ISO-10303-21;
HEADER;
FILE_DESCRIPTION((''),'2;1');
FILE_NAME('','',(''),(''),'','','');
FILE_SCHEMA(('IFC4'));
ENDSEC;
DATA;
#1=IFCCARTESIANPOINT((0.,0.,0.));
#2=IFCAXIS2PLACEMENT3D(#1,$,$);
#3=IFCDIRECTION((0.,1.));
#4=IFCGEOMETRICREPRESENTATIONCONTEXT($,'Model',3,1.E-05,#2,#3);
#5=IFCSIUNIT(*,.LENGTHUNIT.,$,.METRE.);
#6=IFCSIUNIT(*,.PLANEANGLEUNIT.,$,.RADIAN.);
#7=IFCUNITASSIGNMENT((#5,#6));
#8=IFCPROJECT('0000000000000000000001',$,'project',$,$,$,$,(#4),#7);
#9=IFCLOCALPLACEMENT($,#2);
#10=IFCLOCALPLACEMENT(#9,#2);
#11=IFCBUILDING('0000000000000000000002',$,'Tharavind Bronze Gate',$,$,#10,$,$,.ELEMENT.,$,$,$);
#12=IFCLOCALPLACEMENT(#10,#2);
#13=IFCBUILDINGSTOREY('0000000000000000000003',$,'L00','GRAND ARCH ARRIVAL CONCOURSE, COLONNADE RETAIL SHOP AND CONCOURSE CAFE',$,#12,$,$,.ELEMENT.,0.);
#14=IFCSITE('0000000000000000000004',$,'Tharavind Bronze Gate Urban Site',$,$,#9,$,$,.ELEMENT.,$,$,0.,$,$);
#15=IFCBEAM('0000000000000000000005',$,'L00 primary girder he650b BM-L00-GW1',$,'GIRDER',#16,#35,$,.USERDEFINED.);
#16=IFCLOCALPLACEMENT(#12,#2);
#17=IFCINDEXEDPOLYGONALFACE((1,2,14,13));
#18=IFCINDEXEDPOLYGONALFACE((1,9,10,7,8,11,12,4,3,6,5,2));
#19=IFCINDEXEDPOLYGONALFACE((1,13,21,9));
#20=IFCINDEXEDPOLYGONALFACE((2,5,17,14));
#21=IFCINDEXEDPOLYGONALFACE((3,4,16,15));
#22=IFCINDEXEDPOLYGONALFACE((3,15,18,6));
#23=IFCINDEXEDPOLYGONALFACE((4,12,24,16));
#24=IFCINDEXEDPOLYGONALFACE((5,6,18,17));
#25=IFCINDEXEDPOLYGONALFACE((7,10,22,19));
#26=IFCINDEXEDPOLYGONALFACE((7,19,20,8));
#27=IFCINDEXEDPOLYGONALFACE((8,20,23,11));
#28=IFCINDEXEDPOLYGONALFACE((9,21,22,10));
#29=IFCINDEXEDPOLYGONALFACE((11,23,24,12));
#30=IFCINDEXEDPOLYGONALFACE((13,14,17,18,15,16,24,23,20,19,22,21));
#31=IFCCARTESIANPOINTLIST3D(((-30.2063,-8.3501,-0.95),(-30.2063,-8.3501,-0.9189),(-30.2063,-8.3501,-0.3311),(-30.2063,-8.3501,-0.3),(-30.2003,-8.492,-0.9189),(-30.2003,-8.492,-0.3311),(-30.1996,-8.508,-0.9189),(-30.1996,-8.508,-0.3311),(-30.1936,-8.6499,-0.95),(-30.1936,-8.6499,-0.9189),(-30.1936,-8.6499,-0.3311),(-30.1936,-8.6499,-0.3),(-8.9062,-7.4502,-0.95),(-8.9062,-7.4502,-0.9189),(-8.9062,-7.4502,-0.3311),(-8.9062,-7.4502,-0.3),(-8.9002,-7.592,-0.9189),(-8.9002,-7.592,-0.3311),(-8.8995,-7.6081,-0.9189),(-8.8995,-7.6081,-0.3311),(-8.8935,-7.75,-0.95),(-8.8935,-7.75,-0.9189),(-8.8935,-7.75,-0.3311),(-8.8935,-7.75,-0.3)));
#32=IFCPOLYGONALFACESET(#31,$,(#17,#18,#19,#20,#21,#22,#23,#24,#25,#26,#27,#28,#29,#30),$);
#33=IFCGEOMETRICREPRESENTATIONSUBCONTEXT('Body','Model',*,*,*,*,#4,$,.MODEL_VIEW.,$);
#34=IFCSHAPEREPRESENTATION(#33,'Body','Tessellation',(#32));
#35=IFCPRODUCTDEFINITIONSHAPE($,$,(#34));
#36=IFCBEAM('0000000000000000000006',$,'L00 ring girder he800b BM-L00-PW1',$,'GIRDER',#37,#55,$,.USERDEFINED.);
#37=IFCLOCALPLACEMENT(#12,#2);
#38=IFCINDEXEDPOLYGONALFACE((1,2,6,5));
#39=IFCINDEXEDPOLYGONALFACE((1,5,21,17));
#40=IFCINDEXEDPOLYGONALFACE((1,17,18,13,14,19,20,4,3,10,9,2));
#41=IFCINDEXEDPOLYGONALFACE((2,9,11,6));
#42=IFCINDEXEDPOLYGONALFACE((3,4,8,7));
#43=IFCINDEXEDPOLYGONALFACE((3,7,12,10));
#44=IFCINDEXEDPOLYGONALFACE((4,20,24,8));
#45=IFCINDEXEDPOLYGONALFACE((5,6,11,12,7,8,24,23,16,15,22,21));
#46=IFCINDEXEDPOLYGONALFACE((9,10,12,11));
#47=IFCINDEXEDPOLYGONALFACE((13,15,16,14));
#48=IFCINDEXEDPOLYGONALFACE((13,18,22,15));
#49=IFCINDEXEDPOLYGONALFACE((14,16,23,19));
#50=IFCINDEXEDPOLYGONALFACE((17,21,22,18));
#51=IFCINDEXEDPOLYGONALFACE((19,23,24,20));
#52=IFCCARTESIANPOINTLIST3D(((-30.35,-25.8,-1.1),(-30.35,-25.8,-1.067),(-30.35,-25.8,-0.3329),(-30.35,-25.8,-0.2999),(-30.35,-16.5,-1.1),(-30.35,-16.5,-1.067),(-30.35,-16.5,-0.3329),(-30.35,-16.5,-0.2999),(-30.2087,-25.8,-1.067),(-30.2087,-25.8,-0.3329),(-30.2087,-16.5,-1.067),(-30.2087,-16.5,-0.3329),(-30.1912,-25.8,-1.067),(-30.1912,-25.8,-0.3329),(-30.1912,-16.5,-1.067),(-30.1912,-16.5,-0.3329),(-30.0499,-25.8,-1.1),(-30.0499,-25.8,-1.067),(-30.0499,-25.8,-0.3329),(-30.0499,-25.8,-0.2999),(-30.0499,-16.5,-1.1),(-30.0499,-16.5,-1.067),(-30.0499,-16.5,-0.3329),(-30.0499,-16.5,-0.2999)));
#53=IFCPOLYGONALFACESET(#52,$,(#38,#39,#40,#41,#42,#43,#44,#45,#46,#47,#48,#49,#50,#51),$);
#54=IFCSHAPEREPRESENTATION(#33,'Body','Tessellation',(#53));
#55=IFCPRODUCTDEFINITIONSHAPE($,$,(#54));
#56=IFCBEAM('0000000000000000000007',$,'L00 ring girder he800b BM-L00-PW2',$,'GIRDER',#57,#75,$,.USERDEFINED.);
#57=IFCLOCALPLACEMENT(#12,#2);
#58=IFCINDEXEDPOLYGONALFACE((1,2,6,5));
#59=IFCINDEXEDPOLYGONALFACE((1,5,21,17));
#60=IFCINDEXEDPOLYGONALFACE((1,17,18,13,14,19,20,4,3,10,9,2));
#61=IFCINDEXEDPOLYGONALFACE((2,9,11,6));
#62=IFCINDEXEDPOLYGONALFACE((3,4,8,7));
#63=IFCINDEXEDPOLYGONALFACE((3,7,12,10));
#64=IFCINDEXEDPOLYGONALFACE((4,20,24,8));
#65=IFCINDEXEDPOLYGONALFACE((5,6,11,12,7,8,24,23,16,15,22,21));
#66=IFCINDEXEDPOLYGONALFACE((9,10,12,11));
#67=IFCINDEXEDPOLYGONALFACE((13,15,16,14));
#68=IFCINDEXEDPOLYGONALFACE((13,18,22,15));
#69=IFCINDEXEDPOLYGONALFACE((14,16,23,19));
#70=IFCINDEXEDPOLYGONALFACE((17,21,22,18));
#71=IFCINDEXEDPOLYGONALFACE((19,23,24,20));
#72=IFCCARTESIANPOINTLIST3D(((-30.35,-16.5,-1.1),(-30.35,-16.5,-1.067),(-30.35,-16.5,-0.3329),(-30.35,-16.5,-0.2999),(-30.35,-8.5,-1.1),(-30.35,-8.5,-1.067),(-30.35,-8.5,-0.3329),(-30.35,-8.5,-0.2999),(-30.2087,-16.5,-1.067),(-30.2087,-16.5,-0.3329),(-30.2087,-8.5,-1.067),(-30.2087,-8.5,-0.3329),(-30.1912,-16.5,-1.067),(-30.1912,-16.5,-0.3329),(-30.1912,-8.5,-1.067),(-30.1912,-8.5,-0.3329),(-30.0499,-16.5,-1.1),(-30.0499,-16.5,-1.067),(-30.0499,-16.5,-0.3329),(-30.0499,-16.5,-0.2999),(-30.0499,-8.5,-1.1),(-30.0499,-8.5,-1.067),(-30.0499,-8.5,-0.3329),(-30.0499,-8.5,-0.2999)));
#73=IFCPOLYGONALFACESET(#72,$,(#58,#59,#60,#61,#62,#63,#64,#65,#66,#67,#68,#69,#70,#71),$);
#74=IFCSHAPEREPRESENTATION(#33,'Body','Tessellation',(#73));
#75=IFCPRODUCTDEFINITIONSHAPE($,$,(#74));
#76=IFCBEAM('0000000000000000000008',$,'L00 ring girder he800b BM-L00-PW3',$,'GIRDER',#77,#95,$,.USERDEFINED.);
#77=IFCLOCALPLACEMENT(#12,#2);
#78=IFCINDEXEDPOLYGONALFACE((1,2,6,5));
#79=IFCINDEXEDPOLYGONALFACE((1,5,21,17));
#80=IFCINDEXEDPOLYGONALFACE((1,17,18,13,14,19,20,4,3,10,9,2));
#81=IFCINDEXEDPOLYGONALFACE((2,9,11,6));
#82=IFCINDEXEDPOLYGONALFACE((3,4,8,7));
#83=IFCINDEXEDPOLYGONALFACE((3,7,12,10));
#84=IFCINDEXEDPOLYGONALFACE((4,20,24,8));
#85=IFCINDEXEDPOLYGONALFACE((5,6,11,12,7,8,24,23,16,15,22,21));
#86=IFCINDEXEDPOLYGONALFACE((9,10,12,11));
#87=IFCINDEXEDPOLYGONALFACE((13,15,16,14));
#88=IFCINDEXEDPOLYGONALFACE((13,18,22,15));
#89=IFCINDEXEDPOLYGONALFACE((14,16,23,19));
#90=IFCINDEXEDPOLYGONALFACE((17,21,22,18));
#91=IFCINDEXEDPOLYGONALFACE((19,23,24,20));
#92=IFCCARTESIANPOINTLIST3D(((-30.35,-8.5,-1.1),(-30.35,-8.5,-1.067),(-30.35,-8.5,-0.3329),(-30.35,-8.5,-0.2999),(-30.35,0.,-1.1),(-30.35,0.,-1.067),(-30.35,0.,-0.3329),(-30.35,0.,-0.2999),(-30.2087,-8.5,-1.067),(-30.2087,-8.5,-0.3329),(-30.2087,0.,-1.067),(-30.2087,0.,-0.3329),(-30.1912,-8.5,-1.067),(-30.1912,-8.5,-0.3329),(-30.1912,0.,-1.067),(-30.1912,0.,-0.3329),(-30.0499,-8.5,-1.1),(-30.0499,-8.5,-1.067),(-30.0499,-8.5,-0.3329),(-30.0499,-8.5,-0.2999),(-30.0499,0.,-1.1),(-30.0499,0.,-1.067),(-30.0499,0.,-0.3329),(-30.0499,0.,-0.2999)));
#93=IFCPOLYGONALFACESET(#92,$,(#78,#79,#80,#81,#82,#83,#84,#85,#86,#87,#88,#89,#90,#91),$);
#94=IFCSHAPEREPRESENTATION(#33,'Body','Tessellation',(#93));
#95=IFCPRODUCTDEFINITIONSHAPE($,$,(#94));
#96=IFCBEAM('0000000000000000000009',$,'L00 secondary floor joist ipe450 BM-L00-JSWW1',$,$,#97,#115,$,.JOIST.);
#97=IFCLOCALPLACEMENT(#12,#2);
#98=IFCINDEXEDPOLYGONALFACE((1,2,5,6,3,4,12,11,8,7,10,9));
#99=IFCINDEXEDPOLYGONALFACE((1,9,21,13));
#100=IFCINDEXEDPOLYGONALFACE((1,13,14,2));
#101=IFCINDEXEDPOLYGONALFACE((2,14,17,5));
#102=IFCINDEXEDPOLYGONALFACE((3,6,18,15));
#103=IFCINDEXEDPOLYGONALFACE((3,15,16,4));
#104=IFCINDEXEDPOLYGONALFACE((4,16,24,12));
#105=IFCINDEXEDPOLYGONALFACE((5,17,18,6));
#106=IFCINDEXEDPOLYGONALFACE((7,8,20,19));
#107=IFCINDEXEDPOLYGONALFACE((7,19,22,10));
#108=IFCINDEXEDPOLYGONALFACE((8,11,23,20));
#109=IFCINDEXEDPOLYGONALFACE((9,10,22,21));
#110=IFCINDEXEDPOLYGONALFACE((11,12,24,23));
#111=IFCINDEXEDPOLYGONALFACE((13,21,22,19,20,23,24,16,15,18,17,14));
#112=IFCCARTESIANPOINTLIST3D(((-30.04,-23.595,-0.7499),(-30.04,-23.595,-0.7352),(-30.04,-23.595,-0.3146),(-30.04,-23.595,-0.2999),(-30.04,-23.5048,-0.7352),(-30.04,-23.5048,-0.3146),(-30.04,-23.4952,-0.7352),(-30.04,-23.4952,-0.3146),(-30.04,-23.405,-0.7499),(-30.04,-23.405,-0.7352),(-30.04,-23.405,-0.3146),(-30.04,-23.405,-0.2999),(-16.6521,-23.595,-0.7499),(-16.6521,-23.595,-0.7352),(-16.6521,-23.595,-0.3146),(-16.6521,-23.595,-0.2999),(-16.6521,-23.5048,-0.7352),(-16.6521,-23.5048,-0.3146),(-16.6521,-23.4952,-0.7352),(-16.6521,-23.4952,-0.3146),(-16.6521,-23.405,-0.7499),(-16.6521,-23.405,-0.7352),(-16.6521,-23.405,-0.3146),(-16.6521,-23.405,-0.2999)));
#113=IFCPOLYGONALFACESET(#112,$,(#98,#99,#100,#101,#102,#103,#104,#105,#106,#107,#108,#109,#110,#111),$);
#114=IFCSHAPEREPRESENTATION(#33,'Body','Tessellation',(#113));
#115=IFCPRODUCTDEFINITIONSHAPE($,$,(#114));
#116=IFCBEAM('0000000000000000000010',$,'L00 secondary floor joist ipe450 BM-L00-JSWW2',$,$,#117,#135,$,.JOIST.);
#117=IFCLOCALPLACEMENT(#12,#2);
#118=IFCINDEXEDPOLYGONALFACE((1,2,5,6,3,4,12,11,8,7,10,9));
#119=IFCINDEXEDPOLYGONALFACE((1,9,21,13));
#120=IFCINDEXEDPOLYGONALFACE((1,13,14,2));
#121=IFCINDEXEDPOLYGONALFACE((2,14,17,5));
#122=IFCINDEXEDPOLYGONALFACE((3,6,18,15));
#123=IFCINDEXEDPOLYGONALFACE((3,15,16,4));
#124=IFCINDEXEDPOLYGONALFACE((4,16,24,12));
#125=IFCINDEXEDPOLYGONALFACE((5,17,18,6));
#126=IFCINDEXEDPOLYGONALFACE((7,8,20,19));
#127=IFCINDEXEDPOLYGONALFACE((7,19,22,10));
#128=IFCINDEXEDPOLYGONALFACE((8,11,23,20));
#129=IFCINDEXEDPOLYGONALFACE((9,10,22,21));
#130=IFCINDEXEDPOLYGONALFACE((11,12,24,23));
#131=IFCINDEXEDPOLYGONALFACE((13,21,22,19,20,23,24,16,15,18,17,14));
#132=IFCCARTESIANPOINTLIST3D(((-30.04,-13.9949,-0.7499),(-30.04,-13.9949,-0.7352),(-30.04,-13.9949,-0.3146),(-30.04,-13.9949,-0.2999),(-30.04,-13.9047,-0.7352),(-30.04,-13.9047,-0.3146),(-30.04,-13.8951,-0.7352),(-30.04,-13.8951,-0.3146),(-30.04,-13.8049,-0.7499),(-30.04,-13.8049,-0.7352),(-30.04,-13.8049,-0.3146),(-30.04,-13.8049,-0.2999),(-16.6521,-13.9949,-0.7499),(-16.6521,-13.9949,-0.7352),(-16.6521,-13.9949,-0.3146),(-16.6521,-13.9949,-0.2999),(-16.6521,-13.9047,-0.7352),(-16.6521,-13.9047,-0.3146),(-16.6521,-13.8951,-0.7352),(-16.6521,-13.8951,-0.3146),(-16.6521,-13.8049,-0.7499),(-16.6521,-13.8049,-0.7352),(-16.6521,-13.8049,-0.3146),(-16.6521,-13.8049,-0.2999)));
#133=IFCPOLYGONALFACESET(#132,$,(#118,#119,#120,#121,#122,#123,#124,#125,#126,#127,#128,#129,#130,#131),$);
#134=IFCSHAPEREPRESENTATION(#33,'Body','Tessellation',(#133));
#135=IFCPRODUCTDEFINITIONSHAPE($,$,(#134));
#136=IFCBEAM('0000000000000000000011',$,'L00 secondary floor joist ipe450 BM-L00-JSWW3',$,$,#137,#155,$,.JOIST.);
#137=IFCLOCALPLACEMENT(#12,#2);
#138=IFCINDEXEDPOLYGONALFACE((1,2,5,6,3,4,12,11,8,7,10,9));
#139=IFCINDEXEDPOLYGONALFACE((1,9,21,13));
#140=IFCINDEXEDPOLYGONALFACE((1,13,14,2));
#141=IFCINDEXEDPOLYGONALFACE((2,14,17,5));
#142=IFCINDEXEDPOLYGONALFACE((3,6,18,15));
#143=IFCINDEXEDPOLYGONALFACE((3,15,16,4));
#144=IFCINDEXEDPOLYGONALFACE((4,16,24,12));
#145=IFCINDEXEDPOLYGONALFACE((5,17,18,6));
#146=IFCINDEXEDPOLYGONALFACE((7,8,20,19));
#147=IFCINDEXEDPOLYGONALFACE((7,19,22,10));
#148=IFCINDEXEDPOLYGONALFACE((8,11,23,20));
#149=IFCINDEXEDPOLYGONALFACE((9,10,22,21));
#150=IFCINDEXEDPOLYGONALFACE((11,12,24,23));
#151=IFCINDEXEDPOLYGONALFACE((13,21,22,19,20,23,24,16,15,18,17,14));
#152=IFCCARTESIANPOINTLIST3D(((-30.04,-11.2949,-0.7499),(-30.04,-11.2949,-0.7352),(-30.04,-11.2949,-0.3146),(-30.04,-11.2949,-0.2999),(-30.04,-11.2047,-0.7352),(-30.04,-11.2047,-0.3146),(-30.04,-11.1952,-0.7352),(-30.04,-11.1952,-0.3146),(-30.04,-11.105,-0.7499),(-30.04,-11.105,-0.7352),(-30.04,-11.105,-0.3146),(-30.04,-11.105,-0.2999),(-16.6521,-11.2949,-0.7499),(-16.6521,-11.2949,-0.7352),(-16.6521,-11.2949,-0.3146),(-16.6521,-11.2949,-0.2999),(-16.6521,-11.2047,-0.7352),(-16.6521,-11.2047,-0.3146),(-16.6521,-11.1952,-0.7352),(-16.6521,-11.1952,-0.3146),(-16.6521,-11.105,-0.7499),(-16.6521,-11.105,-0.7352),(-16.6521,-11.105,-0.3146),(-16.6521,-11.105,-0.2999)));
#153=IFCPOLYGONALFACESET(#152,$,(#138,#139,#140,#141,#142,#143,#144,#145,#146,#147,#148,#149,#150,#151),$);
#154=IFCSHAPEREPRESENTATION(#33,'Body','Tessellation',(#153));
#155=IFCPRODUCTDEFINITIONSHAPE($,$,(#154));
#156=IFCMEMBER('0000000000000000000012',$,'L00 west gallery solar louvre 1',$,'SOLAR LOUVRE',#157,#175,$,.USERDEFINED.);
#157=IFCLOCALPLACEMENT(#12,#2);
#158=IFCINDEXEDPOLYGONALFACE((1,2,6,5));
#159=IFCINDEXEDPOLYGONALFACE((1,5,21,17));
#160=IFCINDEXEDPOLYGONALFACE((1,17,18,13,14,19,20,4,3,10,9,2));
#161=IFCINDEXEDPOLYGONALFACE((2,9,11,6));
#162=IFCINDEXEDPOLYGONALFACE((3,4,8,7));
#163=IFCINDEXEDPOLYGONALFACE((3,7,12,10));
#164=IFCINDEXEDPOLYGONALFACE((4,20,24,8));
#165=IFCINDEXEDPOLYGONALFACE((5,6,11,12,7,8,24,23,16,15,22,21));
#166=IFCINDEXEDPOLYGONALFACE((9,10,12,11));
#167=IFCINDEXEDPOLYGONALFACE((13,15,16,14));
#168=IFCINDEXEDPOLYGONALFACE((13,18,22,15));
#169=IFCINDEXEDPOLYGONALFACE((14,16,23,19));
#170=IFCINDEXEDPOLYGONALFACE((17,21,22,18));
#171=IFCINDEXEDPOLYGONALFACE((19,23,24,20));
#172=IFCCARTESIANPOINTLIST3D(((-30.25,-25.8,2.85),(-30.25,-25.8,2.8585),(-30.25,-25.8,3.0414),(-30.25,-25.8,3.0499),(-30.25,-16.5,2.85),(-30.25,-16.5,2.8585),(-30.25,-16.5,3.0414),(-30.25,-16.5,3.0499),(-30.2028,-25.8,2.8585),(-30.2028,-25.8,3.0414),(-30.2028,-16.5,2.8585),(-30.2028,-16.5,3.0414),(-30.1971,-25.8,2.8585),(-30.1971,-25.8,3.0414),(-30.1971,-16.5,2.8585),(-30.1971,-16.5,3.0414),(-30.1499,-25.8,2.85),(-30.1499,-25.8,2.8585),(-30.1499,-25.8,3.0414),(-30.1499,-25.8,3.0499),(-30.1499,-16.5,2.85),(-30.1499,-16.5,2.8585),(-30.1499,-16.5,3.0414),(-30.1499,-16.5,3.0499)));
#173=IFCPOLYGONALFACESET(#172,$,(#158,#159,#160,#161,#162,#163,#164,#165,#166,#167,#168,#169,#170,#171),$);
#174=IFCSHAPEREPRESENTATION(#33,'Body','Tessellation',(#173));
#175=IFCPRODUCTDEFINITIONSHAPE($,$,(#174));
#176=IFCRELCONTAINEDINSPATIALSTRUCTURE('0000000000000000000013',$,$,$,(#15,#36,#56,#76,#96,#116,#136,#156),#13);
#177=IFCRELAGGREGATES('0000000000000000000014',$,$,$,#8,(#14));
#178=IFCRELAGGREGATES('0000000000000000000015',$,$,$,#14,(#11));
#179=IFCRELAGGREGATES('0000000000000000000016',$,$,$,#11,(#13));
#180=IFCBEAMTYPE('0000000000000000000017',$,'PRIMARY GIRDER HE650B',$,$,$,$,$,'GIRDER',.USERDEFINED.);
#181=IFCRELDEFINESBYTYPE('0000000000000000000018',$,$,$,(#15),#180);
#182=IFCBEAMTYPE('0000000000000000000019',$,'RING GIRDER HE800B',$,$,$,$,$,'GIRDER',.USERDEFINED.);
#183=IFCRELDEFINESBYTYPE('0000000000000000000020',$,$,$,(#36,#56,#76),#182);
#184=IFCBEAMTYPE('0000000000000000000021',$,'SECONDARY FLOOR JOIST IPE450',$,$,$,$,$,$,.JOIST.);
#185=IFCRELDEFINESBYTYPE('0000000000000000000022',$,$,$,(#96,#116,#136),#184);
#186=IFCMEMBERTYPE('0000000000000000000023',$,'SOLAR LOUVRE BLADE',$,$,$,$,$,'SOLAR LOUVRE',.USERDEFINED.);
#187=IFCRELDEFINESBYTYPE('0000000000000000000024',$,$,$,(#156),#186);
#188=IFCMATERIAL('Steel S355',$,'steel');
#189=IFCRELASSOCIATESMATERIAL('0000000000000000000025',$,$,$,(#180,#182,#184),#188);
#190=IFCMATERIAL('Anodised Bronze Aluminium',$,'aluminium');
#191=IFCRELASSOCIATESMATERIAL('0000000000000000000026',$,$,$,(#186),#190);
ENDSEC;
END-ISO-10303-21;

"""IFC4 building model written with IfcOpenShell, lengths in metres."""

from ifc_helpers import new_model, si_unit, direction, frame, origin, origin_2d, place, context, subcontext, project, spatial, i_section, extrude, material, material_profile, profile_set, type_object, element, save


model = new_model("IFC4")

# Units and contexts
model_context = context("Model", 3, precision=1e-05, world=origin(), true_north=direction((0.0, 1.0)))
body_context = subcontext(model_context, "Body", "Model", "MODEL_VIEW")
ifc_project = project(units=[si_unit("LENGTHUNIT", "METRE"), si_unit("PLANEANGLEUNIT", "RADIAN")], contexts=[model_context])

# Site, building, storey
site_placement = place(None, origin())
site = spatial("IfcSite", under=ifc_project, at=site_placement, Name="Tharavind Bronze Gate Urban Site", CompositionType="ELEMENT", RefElevation=0.0)
building_placement = place(site_placement, origin())
building = spatial("IfcBuilding", under=site, at=building_placement, Name="Tharavind Bronze Gate", CompositionType="ELEMENT")
storey_placement = place(building_placement, origin())
storey = spatial("IfcBuildingStorey", under=building, at=storey_placement, Name="L00", Description="GRAND ARCH ARRIVAL CONCOURSE, COLONNADE RETAIL SHOP AND CONCOURSE CAFE", CompositionType="ELEMENT", Elevation=0.0)

# Shared definitions
ifc_material_1 = material(Name="Steel S355", Category="steel")

# Beams
ifc_material_profile_1 = material_profile(ifc_material_1, i_section(OverallWidth=0.3, OverallDepth=0.6499, WebThickness=0.0161, FlangeThickness=0.031, at=origin_2d()), Name="HE650B")
ifc_profile_set_1 = profile_set([ifc_material_profile_1], Name="Steel S355")
beam_type_1 = type_object("IfcBeamType", Name="PRIMARY GIRDER HE650B", ElementType="GIRDER", PredefinedType="USERDEFINED", material=ifc_profile_set_1)
beam_1_placement = place(storey_placement, frame((-30.2, -8.5, -0.625), z_axis=(0.999109, 0.042211, 0.0), x_axis=(-0.042211, 0.999109, 0.0)))
element("IfcBeam", 1, at=beam_1_placement, inside=storey, type_object=beam_type_1, Name="L00 primary girder he650b BM-L00-GW1", ObjectType="GIRDER", PredefinedType="USERDEFINED", context=body_context, shape_type="SweptSolid", body=[
    extrude(i_section(OverallWidth=0.3, OverallDepth=0.6499, WebThickness=0.0161, FlangeThickness=0.031, at=origin_2d()), origin(), (0.0, 0.0, 1.0), 21.3191),
])
ifc_material_profile_2 = material_profile(ifc_material_1, i_section(OverallWidth=0.3, OverallDepth=0.8, WebThickness=0.0176, FlangeThickness=0.033, at=origin_2d()), Name="HE800B")
ifc_profile_set_2 = profile_set([ifc_material_profile_2], Name="Steel S355")
beam_type_2 = type_object("IfcBeamType", Name="RING GIRDER HE800B", ElementType="GIRDER", PredefinedType="USERDEFINED", material=ifc_profile_set_2)
beam_2_placement = place(storey_placement, frame((-30.2, -25.8, -0.7), z_axis=(0.0, 1.0, 0.0), x_axis=(-1.0, 0.0, 0.0)))
element("IfcBeam", 2, at=beam_2_placement, inside=storey, type_object=beam_type_2, Name="L00 ring girder he800b BM-L00-PW1", ObjectType="GIRDER", PredefinedType="USERDEFINED", context=body_context, shape_type="SweptSolid", body=[
    extrude(i_section(OverallWidth=0.3, OverallDepth=0.8, WebThickness=0.0176, FlangeThickness=0.033, at=origin_2d()), origin(), (0.0, 0.0, 1.0), 9.3),
])
beam_3_placement = place(storey_placement, frame((-30.2, -16.5, -0.7), z_axis=(0.0, 1.0, 0.0), x_axis=(-1.0, 0.0, 0.0)))
element("IfcBeam", 3, at=beam_3_placement, inside=storey, type_object=beam_type_2, Name="L00 ring girder he800b BM-L00-PW2", ObjectType="GIRDER", PredefinedType="USERDEFINED", context=body_context, shape_type="SweptSolid", body=[
    extrude(i_section(OverallWidth=0.3, OverallDepth=0.8, WebThickness=0.0176, FlangeThickness=0.033, at=origin_2d()), origin(), (0.0, 0.0, 1.0), 8.0),
])
beam_4_placement = place(storey_placement, frame((-30.2, -8.5, -0.7), z_axis=(0.0, 1.0, 0.0), x_axis=(-1.0, 0.0, 0.0)))
element("IfcBeam", 4, at=beam_4_placement, inside=storey, type_object=beam_type_2, Name="L00 ring girder he800b BM-L00-PW3", ObjectType="GIRDER", PredefinedType="USERDEFINED", context=body_context, shape_type="SweptSolid", body=[
    extrude(i_section(OverallWidth=0.3, OverallDepth=0.8, WebThickness=0.0176, FlangeThickness=0.033, at=origin_2d()), origin(), (0.0, 0.0, 1.0), 8.5),
])
ifc_material_profile_3 = material_profile(ifc_material_1, i_section(OverallWidth=0.1899, OverallDepth=0.45, WebThickness=0.0095, FlangeThickness=0.0146, at=origin_2d()), Name="IPE450")
ifc_profile_set_3 = profile_set([ifc_material_profile_3], Name="Steel S355")
beam_type_3 = type_object("IfcBeamType", Name="SECONDARY FLOOR JOIST IPE450", PredefinedType="JOIST", material=ifc_profile_set_3)
for number, where, z_axis, x_axis, name in (
    (5, (-30.04, -23.5, -0.5249), (1.0, 0.0, 0.0), (0.0, 1.0, 0.0), "L00 secondary floor joist ipe450 BM-L00-JSWW1"),
    (6, (-30.04, -13.8999, -0.5249), (1.0, 0.0, 0.0), (0.0, 1.0, 0.0), "L00 secondary floor joist ipe450 BM-L00-JSWW2"),
    (7, (-30.04, -11.2, -0.5249), (1.0, 0.0, 0.0), (0.0, 1.0, 0.0), "L00 secondary floor joist ipe450 BM-L00-JSWW3"),
):
    element("IfcBeam", number, at=place(storey_placement, frame(where, z_axis=z_axis, x_axis=x_axis)), inside=storey, type_object=beam_type_3, Name=name, PredefinedType="JOIST", context=body_context, shape_type="SweptSolid", body=[
        extrude(i_section(OverallWidth=0.1899, OverallDepth=0.45, WebThickness=0.0095, FlangeThickness=0.0146, at=origin_2d()), origin(), (0.0, 0.0, 1.0), 13.3879),
    ])

# Member
ifc_material_2 = material(Name="Anodised Bronze Aluminium", Category="aluminium")
ifc_material_profile_4 = material_profile(ifc_material_2, i_section(OverallWidth=0.1001, OverallDepth=0.2, WebThickness=0.0056, FlangeThickness=0.0085, at=origin_2d()), Name="IPE200")
ifc_profile_set_4 = profile_set([ifc_material_profile_4], Name="Anodised Bronze Aluminium")
member_type_1 = type_object("IfcMemberType", Name="SOLAR LOUVRE BLADE", ElementType="SOLAR LOUVRE", PredefinedType="USERDEFINED", material=ifc_profile_set_4)
member_1_placement = place(storey_placement, frame((-30.2, -25.8, 2.95), z_axis=(0.0, 1.0, 0.0), x_axis=(-1.0, 0.0, 0.0)))
element("IfcMember", 8, at=member_1_placement, inside=storey, type_object=member_type_1, Name="L00 west gallery solar louvre 1", ObjectType="SOLAR LOUVRE", PredefinedType="USERDEFINED", context=body_context, shape_type="SweptSolid", body=[
    extrude(i_section(OverallWidth=0.1001, OverallDepth=0.2, WebThickness=0.0056, FlangeThickness=0.0085, at=origin_2d()), origin(), (0.0, 0.0, 1.0), 9.3),
])

save(model, "model.ifc")
